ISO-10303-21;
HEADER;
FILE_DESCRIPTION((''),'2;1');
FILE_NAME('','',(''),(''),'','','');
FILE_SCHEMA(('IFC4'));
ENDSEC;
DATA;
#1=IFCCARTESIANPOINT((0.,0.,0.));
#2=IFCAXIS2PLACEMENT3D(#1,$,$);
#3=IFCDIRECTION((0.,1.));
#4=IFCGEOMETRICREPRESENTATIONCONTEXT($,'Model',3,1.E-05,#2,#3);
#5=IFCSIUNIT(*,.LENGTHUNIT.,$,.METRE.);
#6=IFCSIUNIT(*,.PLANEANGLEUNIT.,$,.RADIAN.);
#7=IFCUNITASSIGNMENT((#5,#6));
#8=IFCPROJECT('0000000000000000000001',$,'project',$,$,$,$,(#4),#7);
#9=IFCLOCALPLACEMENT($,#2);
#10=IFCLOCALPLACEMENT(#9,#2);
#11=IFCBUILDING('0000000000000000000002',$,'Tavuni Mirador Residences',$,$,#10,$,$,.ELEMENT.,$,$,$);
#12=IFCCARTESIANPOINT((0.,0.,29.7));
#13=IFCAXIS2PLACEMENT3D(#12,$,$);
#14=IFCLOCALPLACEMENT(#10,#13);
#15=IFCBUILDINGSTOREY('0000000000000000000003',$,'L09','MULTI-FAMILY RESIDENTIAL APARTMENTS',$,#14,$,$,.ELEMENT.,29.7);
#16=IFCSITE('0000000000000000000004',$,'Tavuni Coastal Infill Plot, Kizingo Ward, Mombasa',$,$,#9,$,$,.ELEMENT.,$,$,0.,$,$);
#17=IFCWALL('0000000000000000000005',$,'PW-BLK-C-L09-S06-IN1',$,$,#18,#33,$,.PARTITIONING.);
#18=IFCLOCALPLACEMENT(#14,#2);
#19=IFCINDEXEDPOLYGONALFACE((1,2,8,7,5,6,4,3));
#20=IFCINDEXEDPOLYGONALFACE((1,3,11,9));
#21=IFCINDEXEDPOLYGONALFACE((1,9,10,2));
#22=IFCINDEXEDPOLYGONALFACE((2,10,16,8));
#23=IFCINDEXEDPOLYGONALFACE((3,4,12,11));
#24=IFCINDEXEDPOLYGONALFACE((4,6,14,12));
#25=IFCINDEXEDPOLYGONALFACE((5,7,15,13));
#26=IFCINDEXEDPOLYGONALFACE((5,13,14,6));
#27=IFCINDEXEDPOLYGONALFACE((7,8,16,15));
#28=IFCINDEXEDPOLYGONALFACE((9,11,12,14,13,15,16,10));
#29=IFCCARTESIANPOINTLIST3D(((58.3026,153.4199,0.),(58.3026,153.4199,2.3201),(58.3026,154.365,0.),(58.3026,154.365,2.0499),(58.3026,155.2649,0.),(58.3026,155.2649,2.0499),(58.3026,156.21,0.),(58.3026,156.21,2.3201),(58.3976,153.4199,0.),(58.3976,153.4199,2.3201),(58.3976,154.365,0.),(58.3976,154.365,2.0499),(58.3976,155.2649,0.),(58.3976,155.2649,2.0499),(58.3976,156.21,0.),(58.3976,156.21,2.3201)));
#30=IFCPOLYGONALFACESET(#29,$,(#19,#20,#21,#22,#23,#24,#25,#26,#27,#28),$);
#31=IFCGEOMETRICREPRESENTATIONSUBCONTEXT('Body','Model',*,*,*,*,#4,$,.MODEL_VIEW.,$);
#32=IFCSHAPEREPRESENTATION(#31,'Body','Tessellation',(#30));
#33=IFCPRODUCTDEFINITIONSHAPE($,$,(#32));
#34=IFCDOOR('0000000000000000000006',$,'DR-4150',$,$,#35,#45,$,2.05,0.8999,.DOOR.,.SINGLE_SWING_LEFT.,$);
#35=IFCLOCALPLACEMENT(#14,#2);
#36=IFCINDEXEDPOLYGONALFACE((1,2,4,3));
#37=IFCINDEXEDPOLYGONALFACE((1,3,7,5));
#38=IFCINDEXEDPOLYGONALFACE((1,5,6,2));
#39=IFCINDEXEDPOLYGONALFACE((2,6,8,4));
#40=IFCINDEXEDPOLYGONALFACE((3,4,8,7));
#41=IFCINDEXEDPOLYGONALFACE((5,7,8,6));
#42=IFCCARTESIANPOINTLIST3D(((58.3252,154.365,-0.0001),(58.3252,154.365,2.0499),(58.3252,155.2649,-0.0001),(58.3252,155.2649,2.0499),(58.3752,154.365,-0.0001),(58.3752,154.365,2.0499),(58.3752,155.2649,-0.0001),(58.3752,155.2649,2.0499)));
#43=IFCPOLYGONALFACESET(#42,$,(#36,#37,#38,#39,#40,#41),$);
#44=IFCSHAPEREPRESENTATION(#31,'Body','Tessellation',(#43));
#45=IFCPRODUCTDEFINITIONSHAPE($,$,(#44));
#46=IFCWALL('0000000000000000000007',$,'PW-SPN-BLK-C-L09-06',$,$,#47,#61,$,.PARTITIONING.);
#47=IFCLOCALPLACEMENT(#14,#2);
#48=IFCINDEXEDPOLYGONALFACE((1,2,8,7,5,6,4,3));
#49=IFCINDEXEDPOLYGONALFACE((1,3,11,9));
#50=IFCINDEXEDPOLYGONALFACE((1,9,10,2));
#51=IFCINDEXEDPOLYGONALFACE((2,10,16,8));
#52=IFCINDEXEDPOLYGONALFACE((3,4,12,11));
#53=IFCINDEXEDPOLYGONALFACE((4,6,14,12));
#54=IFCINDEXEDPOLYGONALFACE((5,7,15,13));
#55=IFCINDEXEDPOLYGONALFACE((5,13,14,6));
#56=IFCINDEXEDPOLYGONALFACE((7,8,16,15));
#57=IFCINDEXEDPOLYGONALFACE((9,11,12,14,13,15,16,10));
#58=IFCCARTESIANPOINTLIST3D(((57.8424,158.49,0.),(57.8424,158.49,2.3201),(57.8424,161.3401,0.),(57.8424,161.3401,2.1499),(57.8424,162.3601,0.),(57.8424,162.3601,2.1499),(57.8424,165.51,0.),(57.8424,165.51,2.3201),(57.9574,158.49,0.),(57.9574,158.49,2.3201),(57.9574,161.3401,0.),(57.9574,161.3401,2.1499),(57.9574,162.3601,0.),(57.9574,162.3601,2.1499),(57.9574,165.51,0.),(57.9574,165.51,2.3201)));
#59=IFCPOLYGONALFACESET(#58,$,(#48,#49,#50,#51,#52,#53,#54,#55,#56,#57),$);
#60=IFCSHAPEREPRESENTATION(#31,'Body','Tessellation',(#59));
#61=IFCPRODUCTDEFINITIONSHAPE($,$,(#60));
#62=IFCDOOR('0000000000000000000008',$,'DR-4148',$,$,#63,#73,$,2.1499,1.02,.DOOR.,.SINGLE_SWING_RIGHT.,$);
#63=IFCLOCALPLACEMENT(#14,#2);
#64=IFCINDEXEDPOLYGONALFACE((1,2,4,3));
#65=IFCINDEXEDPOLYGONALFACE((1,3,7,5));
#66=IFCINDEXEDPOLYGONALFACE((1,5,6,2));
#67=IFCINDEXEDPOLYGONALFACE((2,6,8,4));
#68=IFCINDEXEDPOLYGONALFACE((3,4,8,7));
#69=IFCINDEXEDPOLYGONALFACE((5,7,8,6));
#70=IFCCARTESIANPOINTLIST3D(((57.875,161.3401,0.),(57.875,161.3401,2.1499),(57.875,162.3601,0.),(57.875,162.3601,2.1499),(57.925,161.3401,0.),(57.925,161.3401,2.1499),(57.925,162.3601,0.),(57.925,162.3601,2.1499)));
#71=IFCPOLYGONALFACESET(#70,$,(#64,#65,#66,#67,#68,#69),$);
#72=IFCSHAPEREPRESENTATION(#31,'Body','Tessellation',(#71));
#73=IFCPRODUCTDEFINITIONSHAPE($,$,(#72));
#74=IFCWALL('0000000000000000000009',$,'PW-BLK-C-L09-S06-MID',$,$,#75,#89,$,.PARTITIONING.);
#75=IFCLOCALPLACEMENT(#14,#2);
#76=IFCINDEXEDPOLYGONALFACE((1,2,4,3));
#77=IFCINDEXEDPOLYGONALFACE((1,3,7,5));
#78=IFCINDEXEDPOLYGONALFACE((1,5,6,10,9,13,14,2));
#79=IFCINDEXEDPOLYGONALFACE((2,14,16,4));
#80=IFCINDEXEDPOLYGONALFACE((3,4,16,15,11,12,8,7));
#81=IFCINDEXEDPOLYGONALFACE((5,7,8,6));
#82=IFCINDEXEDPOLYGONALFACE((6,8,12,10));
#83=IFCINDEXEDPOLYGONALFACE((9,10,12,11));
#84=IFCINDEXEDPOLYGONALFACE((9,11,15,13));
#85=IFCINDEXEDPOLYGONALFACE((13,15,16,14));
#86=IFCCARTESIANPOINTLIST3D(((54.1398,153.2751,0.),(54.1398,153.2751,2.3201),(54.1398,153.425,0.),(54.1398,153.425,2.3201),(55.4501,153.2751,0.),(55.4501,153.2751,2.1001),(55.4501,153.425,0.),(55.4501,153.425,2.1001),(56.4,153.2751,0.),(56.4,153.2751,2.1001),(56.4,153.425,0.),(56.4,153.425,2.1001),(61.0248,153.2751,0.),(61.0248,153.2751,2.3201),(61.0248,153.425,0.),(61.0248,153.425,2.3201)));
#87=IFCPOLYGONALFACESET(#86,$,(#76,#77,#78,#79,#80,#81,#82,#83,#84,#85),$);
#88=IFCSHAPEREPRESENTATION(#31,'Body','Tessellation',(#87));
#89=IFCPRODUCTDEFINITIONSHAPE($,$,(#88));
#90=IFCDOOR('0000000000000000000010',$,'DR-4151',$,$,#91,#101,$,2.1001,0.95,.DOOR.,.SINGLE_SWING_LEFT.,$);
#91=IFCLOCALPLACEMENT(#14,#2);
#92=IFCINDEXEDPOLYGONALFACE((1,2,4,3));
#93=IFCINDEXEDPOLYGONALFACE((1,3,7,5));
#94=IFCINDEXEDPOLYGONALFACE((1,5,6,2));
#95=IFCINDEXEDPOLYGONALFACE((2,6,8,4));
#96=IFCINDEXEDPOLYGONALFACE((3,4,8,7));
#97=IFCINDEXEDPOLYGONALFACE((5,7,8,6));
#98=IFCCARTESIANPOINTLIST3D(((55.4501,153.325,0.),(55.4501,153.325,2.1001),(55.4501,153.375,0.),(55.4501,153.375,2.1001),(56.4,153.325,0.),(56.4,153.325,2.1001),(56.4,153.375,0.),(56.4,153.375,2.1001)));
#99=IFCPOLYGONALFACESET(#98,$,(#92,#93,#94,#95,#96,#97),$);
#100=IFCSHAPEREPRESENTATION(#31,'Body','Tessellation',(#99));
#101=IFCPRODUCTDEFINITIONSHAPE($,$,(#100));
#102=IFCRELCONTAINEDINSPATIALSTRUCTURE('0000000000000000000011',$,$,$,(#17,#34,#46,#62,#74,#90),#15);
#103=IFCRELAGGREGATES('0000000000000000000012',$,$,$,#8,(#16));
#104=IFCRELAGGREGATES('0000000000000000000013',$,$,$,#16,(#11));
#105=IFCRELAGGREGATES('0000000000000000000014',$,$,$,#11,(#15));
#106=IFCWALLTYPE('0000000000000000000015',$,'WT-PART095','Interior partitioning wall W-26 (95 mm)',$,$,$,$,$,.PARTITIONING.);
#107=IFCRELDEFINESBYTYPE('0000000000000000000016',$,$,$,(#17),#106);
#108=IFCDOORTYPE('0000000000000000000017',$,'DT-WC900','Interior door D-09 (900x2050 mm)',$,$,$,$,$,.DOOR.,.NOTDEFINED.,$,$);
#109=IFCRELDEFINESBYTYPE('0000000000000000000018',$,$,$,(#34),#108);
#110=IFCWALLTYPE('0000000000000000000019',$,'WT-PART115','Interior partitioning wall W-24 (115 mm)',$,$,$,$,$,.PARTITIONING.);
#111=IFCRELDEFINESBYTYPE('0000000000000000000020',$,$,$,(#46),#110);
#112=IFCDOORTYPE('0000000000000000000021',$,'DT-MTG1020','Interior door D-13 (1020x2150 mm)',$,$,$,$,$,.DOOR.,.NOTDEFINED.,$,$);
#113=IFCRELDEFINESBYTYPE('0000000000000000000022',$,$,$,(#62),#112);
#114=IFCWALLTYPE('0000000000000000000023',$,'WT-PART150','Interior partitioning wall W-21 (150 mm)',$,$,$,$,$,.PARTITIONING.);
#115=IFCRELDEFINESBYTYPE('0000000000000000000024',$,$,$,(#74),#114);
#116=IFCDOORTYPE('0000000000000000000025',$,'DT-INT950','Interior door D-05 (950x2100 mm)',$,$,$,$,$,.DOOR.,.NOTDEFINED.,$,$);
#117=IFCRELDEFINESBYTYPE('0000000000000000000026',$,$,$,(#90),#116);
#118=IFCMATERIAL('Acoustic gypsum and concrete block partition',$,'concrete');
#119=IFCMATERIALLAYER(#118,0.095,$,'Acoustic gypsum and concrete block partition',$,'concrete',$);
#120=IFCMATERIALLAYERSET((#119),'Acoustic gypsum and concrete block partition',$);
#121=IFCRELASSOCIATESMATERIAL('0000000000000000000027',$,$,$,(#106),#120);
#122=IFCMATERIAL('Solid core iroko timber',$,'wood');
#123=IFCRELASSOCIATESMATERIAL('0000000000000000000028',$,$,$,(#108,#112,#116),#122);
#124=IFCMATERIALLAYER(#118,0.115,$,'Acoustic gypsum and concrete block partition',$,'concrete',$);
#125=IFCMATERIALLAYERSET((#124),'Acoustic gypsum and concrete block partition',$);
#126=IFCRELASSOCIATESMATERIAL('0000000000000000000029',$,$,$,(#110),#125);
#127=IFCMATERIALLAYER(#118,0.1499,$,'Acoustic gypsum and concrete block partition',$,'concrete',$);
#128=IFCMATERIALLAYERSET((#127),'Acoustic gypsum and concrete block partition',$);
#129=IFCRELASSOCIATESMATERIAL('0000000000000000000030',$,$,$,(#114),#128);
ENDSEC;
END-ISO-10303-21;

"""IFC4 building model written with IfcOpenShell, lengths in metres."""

from ifc_helpers import new_model, si_unit, direction, frame, frame_2d, origin, place, context, subcontext, project, spatial, rectangle, extrude, material, layer, layer_set, type_object, element, fill, save


model = new_model("IFC4")

# Units and contexts
model_context = context("Model", 3, precision=1e-05, world=origin(), true_north=direction((0.0, 1.0)))
body_context = subcontext(model_context, "Body", "Model", "MODEL_VIEW")
ifc_project = project(units=[si_unit("LENGTHUNIT", "METRE"), si_unit("PLANEANGLEUNIT", "RADIAN")], contexts=[model_context])

# Site, building, storey
site_placement = place(None, origin())
site = spatial("IfcSite", under=ifc_project, at=site_placement, Name="Tavuni Coastal Infill Plot, Kizingo Ward, Mombasa", CompositionType="ELEMENT", RefElevation=0.0)
building_placement = place(site_placement, origin())
building = spatial("IfcBuilding", under=site, at=building_placement, Name="Tavuni Mirador Residences", CompositionType="ELEMENT")
storey_placement = place(building_placement, frame((0.0, 0.0, 29.7)))
storey = spatial("IfcBuildingStorey", under=building, at=storey_placement, Name="L09", Description="MULTI-FAMILY RESIDENTIAL APARTMENTS", CompositionType="ELEMENT", Elevation=29.7)

# Shared definitions
ifc_material_1 = material(Name="Solid core iroko timber", Category="wood")

# Walls, openings, doors
ifc_material_2 = material(Name="Acoustic gypsum and concrete block partition", Category="concrete")
ifc_layer_1 = layer(ifc_material_2, 0.095, Name="Acoustic gypsum and concrete block partition", Category="concrete")
ifc_layer_set_1 = layer_set([ifc_layer_1], Name="Acoustic gypsum and concrete block partition")
wall_type_1 = type_object("IfcWallType", Name="WT-PART095", Description="Interior partitioning wall W-26 (95 mm)", PredefinedType="PARTITIONING", material=ifc_layer_set_1)
wall_1_placement = place(storey_placement, frame((58.3501, 153.4199, 0.0), z_axis=(0.0, 0.0, 1.0), x_axis=(0.0, 1.0, 0.0)))
wall_1 = element("IfcWall", 1, at=wall_1_placement, inside=storey, type_object=wall_type_1, Name="PW-BLK-C-L09-S06-IN1", PredefinedType="PARTITIONING", context=body_context, shape_type="SweptSolid", body=[
    extrude(rectangle(XDim=2.79, YDim=0.095, at=frame_2d((1.395, 0.0))), origin(), (0.0, 0.0, 1.0), 2.3201),
])
opening_1_placement = place(wall_1_placement, frame((0.9451, 0.0, 0.0)))
opening_1 = element("IfcOpeningElement", 2, at=opening_1_placement, cuts=wall_1, PredefinedType="OPENING", context=body_context, shape_type="SweptSolid", body=[
    extrude(rectangle(XDim=0.8999, YDim=2.05, at=frame_2d((0.45, 1.0249))), frame((0.0, 0.0576, 0.0), z_axis=(0.0, -1.0, 0.0), x_axis=(1.0, 0.0, 0.0)), (0.0, 0.0, 1.0), 0.115),
])
door_type_1 = type_object("IfcDoorType", Name="DT-WC900", Description="Interior door D-09 (900x2050 mm)", OperationType="NOTDEFINED", PredefinedType="DOOR", material=ifc_material_1)
door_1_placement = place(opening_1_placement, origin())
door_1 = element("IfcDoor", 3, at=door_1_placement, inside=storey, type_object=door_type_1, Name="DR-4150", OperationType="SINGLE_SWING_LEFT", OverallHeight=2.05, OverallWidth=0.8999, PredefinedType="DOOR", context=body_context, shape_type="SweptSolid", body=[
    extrude(rectangle(XDim=0.8999, YDim=2.05, at=frame_2d((0.45, 1.0249))), frame((0.0, 0.0249, 0.0), z_axis=(0.0, -1.0, 0.0), x_axis=(1.0, 0.0, 0.0)), (0.0, 0.0, 1.0), 0.05),
])
fill(opening_1, door_1)
ifc_layer_2 = layer(ifc_material_2, 0.115, Name="Acoustic gypsum and concrete block partition", Category="concrete")
ifc_layer_set_2 = layer_set([ifc_layer_2], Name="Acoustic gypsum and concrete block partition")
wall_type_2 = type_object("IfcWallType", Name="WT-PART115", Description="Interior partitioning wall W-24 (115 mm)", PredefinedType="PARTITIONING", material=ifc_layer_set_2)
wall_2_placement = place(storey_placement, frame((57.8999, 158.49, 0.0), z_axis=(0.0, 0.0, 1.0), x_axis=(0.0, 1.0, 0.0)))
wall_2 = element("IfcWall", 4, at=wall_2_placement, inside=storey, type_object=wall_type_2, Name="PW-SPN-BLK-C-L09-06", PredefinedType="PARTITIONING", context=body_context, shape_type="SweptSolid", body=[
    extrude(rectangle(XDim=7.02, YDim=0.115, at=frame_2d((3.51, 0.0))), origin(), (0.0, 0.0, 1.0), 2.3201),
])
opening_2_placement = place(wall_2_placement, frame((2.8501, 0.0, 0.0)))
opening_2 = element("IfcOpeningElement", 5, at=opening_2_placement, cuts=wall_2, PredefinedType="OPENING", context=body_context, shape_type="SweptSolid", body=[
    extrude(rectangle(XDim=1.02, YDim=2.1499, at=frame_2d((0.51, 1.075))), frame((0.0, 0.0674, 0.0), z_axis=(0.0, -1.0, 0.0), x_axis=(1.0, 0.0, 0.0)), (0.0, 0.0, 1.0), 0.135),
])
door_type_2 = type_object("IfcDoorType", Name="DT-MTG1020", Description="Interior door D-13 (1020x2150 mm)", OperationType="NOTDEFINED", PredefinedType="DOOR", material=ifc_material_1)
door_2_placement = place(opening_2_placement, origin())
door_2 = element("IfcDoor", 6, at=door_2_placement, inside=storey, type_object=door_type_2, Name="DR-4148", OperationType="SINGLE_SWING_RIGHT", OverallHeight=2.1499, OverallWidth=1.02, PredefinedType="DOOR", context=body_context, shape_type="SweptSolid", body=[
    extrude(rectangle(XDim=1.02, YDim=2.1499, at=frame_2d((0.51, 1.075))), frame((0.0, 0.0249, 0.0), z_axis=(0.0, -1.0, 0.0), x_axis=(1.0, 0.0, 0.0)), (0.0, 0.0, 1.0), 0.05),
])
fill(opening_2, door_2)
ifc_layer_3 = layer(ifc_material_2, 0.1499, Name="Acoustic gypsum and concrete block partition", Category="concrete")
ifc_layer_set_3 = layer_set([ifc_layer_3], Name="Acoustic gypsum and concrete block partition")
wall_type_3 = type_object("IfcWallType", Name="WT-PART150", Description="Interior partitioning wall W-21 (150 mm)", PredefinedType="PARTITIONING", material=ifc_layer_set_3)
wall_3_placement = place(storey_placement, frame((54.1399, 153.3501, 0.0), z_axis=(0.0, 0.0, 1.0), x_axis=(1.0, 0.0, 0.0)))
wall_3 = element("IfcWall", 7, at=wall_3_placement, inside=storey, type_object=wall_type_3, Name="PW-BLK-C-L09-S06-MID", PredefinedType="PARTITIONING", context=body_context, shape_type="SweptSolid", body=[
    extrude(rectangle(XDim=6.885, YDim=0.1499, at=frame_2d((3.4424, 0.0))), origin(), (0.0, 0.0, 1.0), 2.3201),
])
opening_3_placement = place(wall_3_placement, frame((1.3101, 0.0, 0.0)))
opening_3 = element("IfcOpeningElement", 8, at=opening_3_placement, cuts=wall_3, PredefinedType="OPENING", context=body_context, shape_type="SweptSolid", body=[
    extrude(rectangle(XDim=0.95, YDim=2.1001, at=frame_2d((0.4751, 1.05))), frame((0.0, 0.085, 0.0), z_axis=(0.0, -1.0, 0.0), x_axis=(1.0, 0.0, 0.0)), (0.0, 0.0, 1.0), 0.1699),
])
door_type_3 = type_object("IfcDoorType", Name="DT-INT950", Description="Interior door D-05 (950x2100 mm)", OperationType="NOTDEFINED", PredefinedType="DOOR", material=ifc_material_1)
door_3_placement = place(opening_3_placement, origin())
door_3 = element("IfcDoor", 9, at=door_3_placement, inside=storey, type_object=door_type_3, Name="DR-4151", OperationType="SINGLE_SWING_LEFT", OverallHeight=2.1001, OverallWidth=0.95, PredefinedType="DOOR", context=body_context, shape_type="SweptSolid", body=[
    extrude(rectangle(XDim=0.95, YDim=2.1001, at=frame_2d((0.4751, 1.05))), frame((0.0, 0.0249, 0.0), z_axis=(0.0, -1.0, 0.0), x_axis=(1.0, 0.0, 0.0)), (0.0, 0.0, 1.0), 0.05),
])
fill(opening_3, door_3)

save(model, "model.ifc")
